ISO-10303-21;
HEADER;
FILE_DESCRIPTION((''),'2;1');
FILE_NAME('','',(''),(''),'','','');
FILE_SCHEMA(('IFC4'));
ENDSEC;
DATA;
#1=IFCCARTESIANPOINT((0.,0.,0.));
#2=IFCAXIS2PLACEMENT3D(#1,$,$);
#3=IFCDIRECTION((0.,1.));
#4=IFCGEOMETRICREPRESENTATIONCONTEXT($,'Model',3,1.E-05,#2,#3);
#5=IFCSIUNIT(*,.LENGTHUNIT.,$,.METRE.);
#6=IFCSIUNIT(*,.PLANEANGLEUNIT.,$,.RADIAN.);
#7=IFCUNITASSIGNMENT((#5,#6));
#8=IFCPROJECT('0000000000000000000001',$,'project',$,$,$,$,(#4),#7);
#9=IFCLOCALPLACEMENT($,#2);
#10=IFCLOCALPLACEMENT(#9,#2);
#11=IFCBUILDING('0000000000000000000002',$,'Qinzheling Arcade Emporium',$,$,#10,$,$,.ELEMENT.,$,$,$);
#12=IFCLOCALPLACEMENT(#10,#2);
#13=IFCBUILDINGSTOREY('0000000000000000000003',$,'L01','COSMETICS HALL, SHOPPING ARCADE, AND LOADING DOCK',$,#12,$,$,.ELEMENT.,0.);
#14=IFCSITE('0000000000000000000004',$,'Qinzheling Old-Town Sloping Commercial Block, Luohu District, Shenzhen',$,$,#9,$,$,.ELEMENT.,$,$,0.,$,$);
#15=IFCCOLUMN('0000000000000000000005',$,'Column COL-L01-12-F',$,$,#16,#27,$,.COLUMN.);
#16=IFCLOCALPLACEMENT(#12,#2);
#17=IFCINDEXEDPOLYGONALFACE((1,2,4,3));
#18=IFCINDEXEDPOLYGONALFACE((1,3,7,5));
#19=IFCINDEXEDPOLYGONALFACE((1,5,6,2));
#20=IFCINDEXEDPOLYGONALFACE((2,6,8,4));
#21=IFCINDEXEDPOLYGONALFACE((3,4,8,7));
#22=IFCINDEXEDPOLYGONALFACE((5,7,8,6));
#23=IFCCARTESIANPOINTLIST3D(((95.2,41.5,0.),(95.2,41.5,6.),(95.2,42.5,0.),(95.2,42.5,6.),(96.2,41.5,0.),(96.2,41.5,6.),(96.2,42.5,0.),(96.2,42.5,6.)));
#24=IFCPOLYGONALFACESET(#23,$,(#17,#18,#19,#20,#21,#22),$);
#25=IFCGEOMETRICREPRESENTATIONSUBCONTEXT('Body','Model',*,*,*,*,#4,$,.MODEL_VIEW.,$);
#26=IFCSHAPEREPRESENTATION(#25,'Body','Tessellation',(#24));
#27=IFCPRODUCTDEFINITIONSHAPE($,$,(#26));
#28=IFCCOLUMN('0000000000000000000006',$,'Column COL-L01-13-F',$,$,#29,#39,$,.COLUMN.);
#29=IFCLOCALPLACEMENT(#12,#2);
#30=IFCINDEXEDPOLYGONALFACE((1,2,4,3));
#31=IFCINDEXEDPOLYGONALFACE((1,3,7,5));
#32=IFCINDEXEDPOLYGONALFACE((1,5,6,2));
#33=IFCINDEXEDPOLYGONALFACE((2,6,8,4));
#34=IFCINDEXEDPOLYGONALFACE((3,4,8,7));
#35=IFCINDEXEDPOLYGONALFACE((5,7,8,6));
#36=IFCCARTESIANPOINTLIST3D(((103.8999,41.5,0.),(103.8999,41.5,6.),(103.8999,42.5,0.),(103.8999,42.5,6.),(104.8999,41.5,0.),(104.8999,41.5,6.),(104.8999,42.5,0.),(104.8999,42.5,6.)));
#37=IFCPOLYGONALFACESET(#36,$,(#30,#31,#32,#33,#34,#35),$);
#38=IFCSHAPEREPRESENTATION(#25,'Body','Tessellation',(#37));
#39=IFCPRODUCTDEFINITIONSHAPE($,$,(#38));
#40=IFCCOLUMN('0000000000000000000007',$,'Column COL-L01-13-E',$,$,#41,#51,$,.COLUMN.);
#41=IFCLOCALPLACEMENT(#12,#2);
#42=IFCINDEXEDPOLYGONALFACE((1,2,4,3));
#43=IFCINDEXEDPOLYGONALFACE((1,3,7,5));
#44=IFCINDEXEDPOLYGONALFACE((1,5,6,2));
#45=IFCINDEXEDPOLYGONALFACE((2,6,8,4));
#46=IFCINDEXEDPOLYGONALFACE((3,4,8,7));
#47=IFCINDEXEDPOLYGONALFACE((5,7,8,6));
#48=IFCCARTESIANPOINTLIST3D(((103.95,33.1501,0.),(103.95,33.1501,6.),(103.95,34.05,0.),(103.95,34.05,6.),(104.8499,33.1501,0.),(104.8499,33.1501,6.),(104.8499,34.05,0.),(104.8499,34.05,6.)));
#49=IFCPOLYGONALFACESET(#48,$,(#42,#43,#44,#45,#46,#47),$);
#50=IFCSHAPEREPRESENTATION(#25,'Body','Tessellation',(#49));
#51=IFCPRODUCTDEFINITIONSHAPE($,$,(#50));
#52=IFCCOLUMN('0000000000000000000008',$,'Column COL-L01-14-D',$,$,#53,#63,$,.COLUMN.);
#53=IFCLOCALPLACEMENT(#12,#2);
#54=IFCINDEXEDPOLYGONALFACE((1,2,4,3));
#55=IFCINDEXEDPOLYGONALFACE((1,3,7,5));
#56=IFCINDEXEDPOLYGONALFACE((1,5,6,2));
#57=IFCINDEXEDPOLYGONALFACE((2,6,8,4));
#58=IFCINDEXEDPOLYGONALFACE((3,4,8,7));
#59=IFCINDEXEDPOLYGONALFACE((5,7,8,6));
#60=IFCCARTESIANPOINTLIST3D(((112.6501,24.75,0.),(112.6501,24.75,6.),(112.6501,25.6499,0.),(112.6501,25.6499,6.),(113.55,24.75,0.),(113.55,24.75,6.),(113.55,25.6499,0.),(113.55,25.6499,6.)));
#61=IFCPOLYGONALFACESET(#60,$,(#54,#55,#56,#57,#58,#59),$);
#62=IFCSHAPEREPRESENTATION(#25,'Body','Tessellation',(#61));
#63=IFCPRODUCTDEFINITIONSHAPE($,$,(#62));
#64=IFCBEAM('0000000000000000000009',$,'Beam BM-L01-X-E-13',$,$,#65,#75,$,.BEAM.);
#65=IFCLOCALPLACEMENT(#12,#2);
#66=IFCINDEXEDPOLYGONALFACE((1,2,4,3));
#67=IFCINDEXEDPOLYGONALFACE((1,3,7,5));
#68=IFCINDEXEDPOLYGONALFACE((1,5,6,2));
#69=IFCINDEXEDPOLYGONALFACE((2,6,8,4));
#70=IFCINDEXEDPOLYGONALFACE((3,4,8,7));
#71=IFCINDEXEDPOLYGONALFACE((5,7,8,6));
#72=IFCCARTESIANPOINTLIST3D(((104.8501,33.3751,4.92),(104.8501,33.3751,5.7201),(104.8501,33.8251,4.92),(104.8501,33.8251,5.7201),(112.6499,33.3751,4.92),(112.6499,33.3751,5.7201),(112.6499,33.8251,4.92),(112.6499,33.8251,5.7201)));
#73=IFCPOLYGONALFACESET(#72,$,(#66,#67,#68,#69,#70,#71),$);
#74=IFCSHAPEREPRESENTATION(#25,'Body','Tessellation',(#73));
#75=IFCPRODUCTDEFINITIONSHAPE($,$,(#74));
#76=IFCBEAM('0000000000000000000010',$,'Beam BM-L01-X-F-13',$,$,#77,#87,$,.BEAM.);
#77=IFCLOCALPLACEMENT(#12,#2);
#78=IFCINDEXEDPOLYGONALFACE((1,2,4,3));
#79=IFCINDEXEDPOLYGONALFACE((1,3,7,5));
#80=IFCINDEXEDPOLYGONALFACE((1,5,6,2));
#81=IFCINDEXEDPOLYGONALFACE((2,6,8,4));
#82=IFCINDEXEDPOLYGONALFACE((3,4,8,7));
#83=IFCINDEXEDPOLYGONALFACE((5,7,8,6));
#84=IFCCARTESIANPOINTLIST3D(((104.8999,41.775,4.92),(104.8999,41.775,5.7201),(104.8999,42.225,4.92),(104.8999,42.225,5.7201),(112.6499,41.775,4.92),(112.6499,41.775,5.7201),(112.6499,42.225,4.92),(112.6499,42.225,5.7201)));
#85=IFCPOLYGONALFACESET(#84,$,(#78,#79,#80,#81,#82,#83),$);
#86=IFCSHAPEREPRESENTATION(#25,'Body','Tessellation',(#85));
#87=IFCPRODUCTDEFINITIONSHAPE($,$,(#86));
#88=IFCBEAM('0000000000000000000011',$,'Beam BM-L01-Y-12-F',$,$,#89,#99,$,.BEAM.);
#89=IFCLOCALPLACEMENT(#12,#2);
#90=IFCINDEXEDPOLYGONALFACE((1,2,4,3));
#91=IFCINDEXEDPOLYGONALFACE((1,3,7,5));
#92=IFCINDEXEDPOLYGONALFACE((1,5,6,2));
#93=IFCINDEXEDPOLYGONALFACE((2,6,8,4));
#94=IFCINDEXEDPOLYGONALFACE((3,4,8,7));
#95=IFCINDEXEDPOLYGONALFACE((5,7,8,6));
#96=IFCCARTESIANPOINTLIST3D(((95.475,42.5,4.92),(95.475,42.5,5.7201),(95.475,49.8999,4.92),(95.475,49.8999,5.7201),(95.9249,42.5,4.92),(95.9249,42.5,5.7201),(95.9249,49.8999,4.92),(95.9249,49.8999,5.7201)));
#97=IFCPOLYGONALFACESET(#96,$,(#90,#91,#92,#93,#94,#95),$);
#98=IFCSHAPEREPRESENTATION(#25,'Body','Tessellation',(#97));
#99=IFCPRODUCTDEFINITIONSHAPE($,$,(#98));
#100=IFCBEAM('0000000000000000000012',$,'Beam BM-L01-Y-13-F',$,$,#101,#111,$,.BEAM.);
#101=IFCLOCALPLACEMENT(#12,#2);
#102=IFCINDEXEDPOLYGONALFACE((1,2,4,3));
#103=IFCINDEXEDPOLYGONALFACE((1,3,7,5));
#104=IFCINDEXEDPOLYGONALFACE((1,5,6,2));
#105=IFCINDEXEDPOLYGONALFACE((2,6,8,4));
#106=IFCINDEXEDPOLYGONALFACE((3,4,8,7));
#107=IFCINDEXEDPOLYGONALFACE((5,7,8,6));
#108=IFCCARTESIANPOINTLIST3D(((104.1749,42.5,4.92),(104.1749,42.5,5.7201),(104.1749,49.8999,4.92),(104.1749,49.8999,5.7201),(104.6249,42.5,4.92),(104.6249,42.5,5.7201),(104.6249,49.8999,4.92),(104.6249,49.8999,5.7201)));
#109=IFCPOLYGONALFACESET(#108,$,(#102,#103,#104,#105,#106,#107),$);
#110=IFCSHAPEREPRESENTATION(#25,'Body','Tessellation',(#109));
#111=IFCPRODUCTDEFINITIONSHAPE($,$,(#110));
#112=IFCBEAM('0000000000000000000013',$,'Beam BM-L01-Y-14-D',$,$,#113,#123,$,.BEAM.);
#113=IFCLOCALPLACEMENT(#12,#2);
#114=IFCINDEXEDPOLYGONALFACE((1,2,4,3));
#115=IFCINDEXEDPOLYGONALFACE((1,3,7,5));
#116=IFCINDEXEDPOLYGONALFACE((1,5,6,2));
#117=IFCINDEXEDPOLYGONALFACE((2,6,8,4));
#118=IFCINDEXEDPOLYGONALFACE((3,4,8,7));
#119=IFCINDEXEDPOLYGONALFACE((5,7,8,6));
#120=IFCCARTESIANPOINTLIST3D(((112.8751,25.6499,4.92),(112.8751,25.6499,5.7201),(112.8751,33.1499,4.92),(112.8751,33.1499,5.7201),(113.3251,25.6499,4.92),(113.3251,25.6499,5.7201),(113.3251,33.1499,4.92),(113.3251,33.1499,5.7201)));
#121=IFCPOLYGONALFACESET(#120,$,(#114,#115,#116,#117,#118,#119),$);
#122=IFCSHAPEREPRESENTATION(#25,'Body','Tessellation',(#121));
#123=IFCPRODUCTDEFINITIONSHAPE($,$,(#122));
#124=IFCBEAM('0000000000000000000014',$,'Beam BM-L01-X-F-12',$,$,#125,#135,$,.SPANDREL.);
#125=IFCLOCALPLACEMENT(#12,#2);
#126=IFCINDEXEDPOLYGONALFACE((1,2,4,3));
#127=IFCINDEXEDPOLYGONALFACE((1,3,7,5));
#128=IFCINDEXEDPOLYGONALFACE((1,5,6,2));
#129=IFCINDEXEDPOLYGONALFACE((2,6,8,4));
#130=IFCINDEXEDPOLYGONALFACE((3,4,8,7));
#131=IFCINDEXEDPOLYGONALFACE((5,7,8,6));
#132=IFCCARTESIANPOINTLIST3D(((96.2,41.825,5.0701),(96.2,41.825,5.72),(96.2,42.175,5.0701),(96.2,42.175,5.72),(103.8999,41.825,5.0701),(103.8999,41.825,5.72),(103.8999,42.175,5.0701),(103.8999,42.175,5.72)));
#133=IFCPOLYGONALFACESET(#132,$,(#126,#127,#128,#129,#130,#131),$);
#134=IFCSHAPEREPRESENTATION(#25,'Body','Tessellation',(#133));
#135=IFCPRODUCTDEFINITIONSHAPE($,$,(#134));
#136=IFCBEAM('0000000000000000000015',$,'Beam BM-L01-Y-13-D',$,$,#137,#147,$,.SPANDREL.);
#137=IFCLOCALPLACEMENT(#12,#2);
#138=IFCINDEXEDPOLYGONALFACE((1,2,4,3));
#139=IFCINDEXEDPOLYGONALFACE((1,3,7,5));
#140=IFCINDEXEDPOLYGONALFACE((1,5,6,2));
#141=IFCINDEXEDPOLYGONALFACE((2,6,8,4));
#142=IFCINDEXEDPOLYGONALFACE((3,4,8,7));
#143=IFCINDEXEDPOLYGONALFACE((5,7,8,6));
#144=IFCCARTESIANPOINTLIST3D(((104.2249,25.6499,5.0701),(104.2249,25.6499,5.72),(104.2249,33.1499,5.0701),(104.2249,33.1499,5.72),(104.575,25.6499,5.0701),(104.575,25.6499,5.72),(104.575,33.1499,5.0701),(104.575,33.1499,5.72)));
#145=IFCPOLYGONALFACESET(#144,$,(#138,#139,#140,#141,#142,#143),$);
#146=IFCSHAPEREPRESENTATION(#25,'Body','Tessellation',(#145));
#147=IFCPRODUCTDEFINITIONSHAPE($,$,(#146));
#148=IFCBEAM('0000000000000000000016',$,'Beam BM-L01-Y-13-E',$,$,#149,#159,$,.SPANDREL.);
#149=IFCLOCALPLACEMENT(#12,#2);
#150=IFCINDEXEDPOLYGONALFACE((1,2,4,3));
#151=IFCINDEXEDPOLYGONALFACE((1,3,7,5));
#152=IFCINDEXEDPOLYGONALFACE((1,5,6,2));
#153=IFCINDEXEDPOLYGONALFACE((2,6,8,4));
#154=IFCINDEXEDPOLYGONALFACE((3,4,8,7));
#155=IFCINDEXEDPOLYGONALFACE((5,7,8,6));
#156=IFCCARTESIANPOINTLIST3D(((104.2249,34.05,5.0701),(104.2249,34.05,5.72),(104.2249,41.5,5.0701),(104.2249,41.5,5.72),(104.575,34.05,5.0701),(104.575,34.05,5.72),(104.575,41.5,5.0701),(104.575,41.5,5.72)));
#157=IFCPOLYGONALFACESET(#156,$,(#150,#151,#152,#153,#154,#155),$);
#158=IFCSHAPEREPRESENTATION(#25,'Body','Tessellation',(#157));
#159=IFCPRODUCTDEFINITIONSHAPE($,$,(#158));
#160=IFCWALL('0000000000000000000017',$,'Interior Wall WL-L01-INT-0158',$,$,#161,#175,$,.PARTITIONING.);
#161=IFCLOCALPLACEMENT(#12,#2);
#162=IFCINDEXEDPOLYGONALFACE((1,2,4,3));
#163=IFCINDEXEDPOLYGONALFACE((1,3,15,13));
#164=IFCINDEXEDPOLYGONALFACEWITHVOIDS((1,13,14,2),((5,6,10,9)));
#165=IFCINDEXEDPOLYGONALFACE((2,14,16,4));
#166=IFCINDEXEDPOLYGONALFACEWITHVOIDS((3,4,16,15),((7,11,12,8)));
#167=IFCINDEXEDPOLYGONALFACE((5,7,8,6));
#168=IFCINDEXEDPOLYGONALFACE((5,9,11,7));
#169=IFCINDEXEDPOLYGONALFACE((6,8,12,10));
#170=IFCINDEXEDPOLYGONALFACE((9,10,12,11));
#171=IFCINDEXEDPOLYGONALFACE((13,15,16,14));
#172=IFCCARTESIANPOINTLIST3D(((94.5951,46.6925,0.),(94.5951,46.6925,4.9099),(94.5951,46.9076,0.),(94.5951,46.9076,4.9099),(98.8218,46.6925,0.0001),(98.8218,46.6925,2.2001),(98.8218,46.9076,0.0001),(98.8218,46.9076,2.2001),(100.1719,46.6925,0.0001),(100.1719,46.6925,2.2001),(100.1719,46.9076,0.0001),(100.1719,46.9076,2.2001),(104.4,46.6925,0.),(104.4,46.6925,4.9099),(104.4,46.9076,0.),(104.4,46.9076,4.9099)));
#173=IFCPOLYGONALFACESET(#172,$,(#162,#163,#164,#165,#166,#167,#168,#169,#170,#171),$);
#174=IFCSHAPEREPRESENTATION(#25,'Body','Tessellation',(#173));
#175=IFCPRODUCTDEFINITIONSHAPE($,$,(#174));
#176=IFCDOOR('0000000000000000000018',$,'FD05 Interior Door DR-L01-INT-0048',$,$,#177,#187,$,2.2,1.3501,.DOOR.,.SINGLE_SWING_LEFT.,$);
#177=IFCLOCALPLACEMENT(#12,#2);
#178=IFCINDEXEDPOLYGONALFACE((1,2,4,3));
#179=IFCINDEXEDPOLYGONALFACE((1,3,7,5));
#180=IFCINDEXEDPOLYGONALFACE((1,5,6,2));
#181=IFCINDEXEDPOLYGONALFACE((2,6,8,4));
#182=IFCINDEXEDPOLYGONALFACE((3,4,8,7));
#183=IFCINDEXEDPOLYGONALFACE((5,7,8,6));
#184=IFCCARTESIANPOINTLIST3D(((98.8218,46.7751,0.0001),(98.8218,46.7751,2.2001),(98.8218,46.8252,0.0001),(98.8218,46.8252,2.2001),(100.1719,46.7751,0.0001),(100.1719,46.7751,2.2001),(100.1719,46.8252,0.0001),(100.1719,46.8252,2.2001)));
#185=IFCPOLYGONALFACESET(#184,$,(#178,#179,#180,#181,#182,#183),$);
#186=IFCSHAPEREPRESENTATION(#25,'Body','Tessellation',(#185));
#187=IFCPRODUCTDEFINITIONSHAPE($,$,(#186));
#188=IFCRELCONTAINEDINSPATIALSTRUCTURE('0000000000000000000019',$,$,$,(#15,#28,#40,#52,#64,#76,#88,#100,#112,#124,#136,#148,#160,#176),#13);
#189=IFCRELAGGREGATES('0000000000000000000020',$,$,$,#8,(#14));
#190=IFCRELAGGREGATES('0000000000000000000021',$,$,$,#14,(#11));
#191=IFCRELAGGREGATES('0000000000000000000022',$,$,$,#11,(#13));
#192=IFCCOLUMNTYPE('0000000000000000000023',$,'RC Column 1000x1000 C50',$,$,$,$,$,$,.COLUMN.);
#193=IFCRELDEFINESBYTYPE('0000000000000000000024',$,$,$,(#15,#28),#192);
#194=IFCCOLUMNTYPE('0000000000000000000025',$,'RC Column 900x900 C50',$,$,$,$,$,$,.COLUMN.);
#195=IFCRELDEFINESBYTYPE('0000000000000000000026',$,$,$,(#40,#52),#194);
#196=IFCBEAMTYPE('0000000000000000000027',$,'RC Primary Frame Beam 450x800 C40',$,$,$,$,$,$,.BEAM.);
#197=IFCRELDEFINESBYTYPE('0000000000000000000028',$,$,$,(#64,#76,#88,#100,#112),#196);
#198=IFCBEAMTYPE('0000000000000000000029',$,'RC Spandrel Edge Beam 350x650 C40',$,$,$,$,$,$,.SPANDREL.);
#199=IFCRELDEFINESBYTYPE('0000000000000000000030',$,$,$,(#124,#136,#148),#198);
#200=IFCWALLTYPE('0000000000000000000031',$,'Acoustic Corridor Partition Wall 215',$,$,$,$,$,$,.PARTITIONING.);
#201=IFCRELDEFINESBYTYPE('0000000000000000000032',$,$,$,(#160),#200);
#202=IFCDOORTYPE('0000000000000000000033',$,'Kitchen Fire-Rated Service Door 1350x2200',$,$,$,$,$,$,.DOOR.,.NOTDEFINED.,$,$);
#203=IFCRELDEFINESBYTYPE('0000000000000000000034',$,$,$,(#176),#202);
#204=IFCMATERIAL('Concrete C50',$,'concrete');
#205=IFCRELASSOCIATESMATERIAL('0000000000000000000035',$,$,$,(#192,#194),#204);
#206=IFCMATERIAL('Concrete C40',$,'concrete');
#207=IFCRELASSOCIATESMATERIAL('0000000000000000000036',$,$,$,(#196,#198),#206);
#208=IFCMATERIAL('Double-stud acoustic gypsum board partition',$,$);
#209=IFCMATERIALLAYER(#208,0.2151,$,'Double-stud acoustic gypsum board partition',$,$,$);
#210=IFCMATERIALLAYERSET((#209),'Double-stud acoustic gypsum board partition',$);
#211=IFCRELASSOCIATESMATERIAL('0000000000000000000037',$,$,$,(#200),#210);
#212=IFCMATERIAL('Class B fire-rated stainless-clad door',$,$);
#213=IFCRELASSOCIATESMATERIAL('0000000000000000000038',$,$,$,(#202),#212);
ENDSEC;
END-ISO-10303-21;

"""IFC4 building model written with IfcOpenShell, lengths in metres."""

from ifc_helpers import new_model, si_unit, direction, frame, frame_2d, origin, origin_2d, place, context, subcontext, project, spatial, rectangle, extrude, material, layer, layer_set, material_profile, profile_set, type_object, element, fill, save


model = new_model("IFC4")

# Units and contexts
model_context = context("Model", 3, precision=1e-05, world=origin(), true_north=direction((0.0, 1.0)))
body_context = subcontext(model_context, "Body", "Model", "MODEL_VIEW")
ifc_project = project(units=[si_unit("LENGTHUNIT", "METRE"), si_unit("PLANEANGLEUNIT", "RADIAN")], contexts=[model_context])

# Site, building, storey
site_placement = place(None, origin())
site = spatial("IfcSite", under=ifc_project, at=site_placement, Name="Qinzheling Old-Town Sloping Commercial Block, Luohu District, Shenzhen", CompositionType="ELEMENT", RefElevation=0.0)
building_placement = place(site_placement, origin())
building = spatial("IfcBuilding", under=site, at=building_placement, Name="Qinzheling Arcade Emporium", CompositionType="ELEMENT")
storey_placement = place(building_placement, origin())
storey = spatial("IfcBuildingStorey", under=building, at=storey_placement, Name="L01", Description="COSMETICS HALL, SHOPPING ARCADE, AND LOADING DOCK", CompositionType="ELEMENT", Elevation=0.0)

# Columns
ifc_material_1 = material(Name="Concrete C50", Category="concrete")
ifc_material_profile_1 = material_profile(ifc_material_1, rectangle(XDim=1.0, YDim=1.0, at=origin_2d()), Name="RC 1000x1000", Category="concrete")
ifc_profile_set_1 = profile_set([ifc_material_profile_1], Name="Concrete C50")
column_type_1 = type_object("IfcColumnType", Name="RC Column 1000x1000 C50", PredefinedType="COLUMN", material=ifc_profile_set_1)
for number, where, z_axis, x_axis, name in (
    (1, (95.7, 42.0, 0.0), (0.0, 0.0, 1.0), (1.0, 0.0, 0.0), "Column COL-L01-12-F"),
    (2, (104.3999, 42.0, 0.0), (0.0, 0.0, 1.0), (1.0, 0.0, 0.0), "Column COL-L01-13-F"),
):
    element("IfcColumn", number, at=place(storey_placement, frame(where, z_axis=z_axis, x_axis=x_axis)), inside=storey, type_object=column_type_1, Name=name, PredefinedType="COLUMN", context=body_context, shape_type="SweptSolid", body=[
        extrude(rectangle(XDim=1.0, YDim=1.0, at=origin_2d()), origin(), (0.0, 0.0, 1.0), 6.0),
    ])
ifc_material_profile_2 = material_profile(ifc_material_1, rectangle(XDim=0.8999, YDim=0.8999, at=origin_2d()), Name="RC 900x900", Category="concrete")
ifc_profile_set_2 = profile_set([ifc_material_profile_2], Name="Concrete C50")
column_type_2 = type_object("IfcColumnType", Name="RC Column 900x900 C50", PredefinedType="COLUMN", material=ifc_profile_set_2)
for number, where, z_axis, x_axis, name in (
    (3, (104.3999, 33.6001, 0.0), (0.0, 0.0, 1.0), (1.0, 0.0, 0.0), "Column COL-L01-13-E"),
    (4, (113.1001, 25.2, 0.0), (0.0, 0.0, 1.0), (1.0, 0.0, 0.0), "Column COL-L01-14-D"),
):
    element("IfcColumn", number, at=place(storey_placement, frame(where, z_axis=z_axis, x_axis=x_axis)), inside=storey, type_object=column_type_2, Name=name, PredefinedType="COLUMN", context=body_context, shape_type="SweptSolid", body=[
        extrude(rectangle(XDim=0.8999, YDim=0.8999, at=origin_2d()), origin(), (0.0, 0.0, 1.0), 6.0),
    ])

# Beams
ifc_material_2 = material(Name="Concrete C40", Category="concrete")
ifc_material_profile_3 = material_profile(ifc_material_2, rectangle(XDim=0.45, YDim=0.8, at=origin_2d()), Name="RC 450x800", Category="concrete")
ifc_profile_set_3 = profile_set([ifc_material_profile_3], Name="Concrete C40")
beam_type_1 = type_object("IfcBeamType", Name="RC Primary Frame Beam 450x800 C40", PredefinedType="BEAM", material=ifc_profile_set_3)
beam_1_placement = place(storey_placement, frame((104.8501, 33.6001, 5.3201), z_axis=(1.0, 0.0, 0.0), x_axis=(0.0, 1.0, 0.0)))
element("IfcBeam", 5, at=beam_1_placement, inside=storey, type_object=beam_type_1, Name="Beam BM-L01-X-E-13", PredefinedType="BEAM", context=body_context, shape_type="SweptSolid", body=[
    extrude(rectangle(XDim=0.45, YDim=0.8, at=origin_2d()), origin(), (0.0, 0.0, 1.0), 7.7998),
])
beam_2_placement = place(storey_placement, frame((104.8999, 42.0, 5.3201), z_axis=(1.0, 0.0, 0.0), x_axis=(0.0, 1.0, 0.0)))
element("IfcBeam", 6, at=beam_2_placement, inside=storey, type_object=beam_type_1, Name="Beam BM-L01-X-F-13", PredefinedType="BEAM", context=body_context, shape_type="SweptSolid", body=[
    extrude(rectangle(XDim=0.45, YDim=0.8, at=origin_2d()), origin(), (0.0, 0.0, 1.0), 7.75),
])
for number, where, z_axis, x_axis, name in (
    (7, (95.7, 42.5, 5.3201), (0.0, 1.0, 0.0), (-1.0, 0.0, 0.0), "Beam BM-L01-Y-12-F"),
    (8, (104.3999, 42.5, 5.3201), (0.0, 1.0, 0.0), (-1.0, 0.0, 0.0), "Beam BM-L01-Y-13-F"),
):
    element("IfcBeam", number, at=place(storey_placement, frame(where, z_axis=z_axis, x_axis=x_axis)), inside=storey, type_object=beam_type_1, Name=name, PredefinedType="BEAM", context=body_context, shape_type="SweptSolid", body=[
        extrude(rectangle(XDim=0.45, YDim=0.8, at=origin_2d()), origin(), (0.0, 0.0, 1.0), 7.3999),
    ])
beam_3_placement = place(storey_placement, frame((113.1001, 25.6499, 5.3201), z_axis=(0.0, 1.0, 0.0), x_axis=(-1.0, 0.0, 0.0)))
element("IfcBeam", 9, at=beam_3_placement, inside=storey, type_object=beam_type_1, Name="Beam BM-L01-Y-14-D", PredefinedType="BEAM", context=body_context, shape_type="SweptSolid", body=[
    extrude(rectangle(XDim=0.45, YDim=0.8, at=origin_2d()), origin(), (0.0, 0.0, 1.0), 7.5),
])
ifc_material_profile_4 = material_profile(ifc_material_2, rectangle(XDim=0.3501, YDim=0.6499, at=origin_2d()), Name="RC 350x650", Category="concrete")
ifc_profile_set_4 = profile_set([ifc_material_profile_4], Name="Concrete C40")
beam_type_2 = type_object("IfcBeamType", Name="RC Spandrel Edge Beam 350x650 C40", PredefinedType="SPANDREL", material=ifc_profile_set_4)
beam_4_placement = place(storey_placement, frame((96.2, 42.0, 5.395), z_axis=(1.0, 0.0, 0.0), x_axis=(0.0, 1.0, 0.0)))
element("IfcBeam", 10, at=beam_4_placement, inside=storey, type_object=beam_type_2, Name="Beam BM-L01-X-F-12", PredefinedType="SPANDREL", context=body_context, shape_type="SweptSolid", body=[
    extrude(rectangle(XDim=0.3501, YDim=0.6499, at=origin_2d()), origin(), (0.0, 0.0, 1.0), 7.7),
])
beam_5_placement = place(storey_placement, frame((104.3999, 25.6499, 5.395), z_axis=(0.0, 1.0, 0.0), x_axis=(-1.0, 0.0, 0.0)))
element("IfcBeam", 11, at=beam_5_placement, inside=storey, type_object=beam_type_2, Name="Beam BM-L01-Y-13-D", PredefinedType="SPANDREL", context=body_context, shape_type="SweptSolid", body=[
    extrude(rectangle(XDim=0.3501, YDim=0.6499, at=origin_2d()), origin(), (0.0, 0.0, 1.0), 7.5),
])
beam_6_placement = place(storey_placement, frame((104.3999, 34.05, 5.395), z_axis=(0.0, 1.0, 0.0), x_axis=(-1.0, 0.0, 0.0)))
element("IfcBeam", 12, at=beam_6_placement, inside=storey, type_object=beam_type_2, Name="Beam BM-L01-Y-13-E", PredefinedType="SPANDREL", context=body_context, shape_type="SweptSolid", body=[
    extrude(rectangle(XDim=0.3501, YDim=0.6499, at=origin_2d()), origin(), (0.0, 0.0, 1.0), 7.45),
])

# Wall, opening, door
ifc_material_3 = material(Name="Double-stud acoustic gypsum board partition")
ifc_layer_1 = layer(ifc_material_3, 0.2151, Name="Double-stud acoustic gypsum board partition")
ifc_layer_set_1 = layer_set([ifc_layer_1], Name="Double-stud acoustic gypsum board partition")
wall_type_1 = type_object("IfcWallType", Name="Acoustic Corridor Partition Wall 215", PredefinedType="PARTITIONING", material=ifc_layer_set_1)
wall_1_placement = place(storey_placement, frame((104.3999, 46.8, 0.0), z_axis=(0.0, 0.0, 1.0), x_axis=(-1.0, 0.0, 0.0)))
wall_1 = element("IfcWall", 13, at=wall_1_placement, inside=storey, type_object=wall_type_1, Name="Interior Wall WL-L01-INT-0158", PredefinedType="PARTITIONING", context=body_context, shape_type="SweptSolid", body=[
    extrude(rectangle(XDim=9.8049, YDim=0.2151, at=frame_2d((4.9023, 0.0))), origin(), (0.0, 0.0, 1.0), 4.9099),
])
opening_1_placement = place(wall_1_placement, frame((4.228, 0.0, 0.0)))
opening_1 = element("IfcOpeningElement", 14, at=opening_1_placement, cuts=wall_1, PredefinedType="OPENING", context=body_context, shape_type="SweptSolid", body=[
    extrude(rectangle(XDim=1.3501, YDim=2.2, at=frame_2d((0.675, 1.1001))), frame((0.0, 0.1177, 0.0), z_axis=(0.0, -1.0, 0.0), x_axis=(1.0, 0.0, 0.0)), (0.0, 0.0, 1.0), 0.2351),
])
ifc_material_4 = material(Name="Class B fire-rated stainless-clad door")
door_type_1 = type_object("IfcDoorType", Name="Kitchen Fire-Rated Service Door 1350x2200", OperationType="NOTDEFINED", PredefinedType="DOOR", material=ifc_material_4)
door_1_placement = place(opening_1_placement, origin())
door_1 = element("IfcDoor", 15, at=door_1_placement, inside=storey, type_object=door_type_1, Name="FD05 Interior Door DR-L01-INT-0048", OperationType="SINGLE_SWING_LEFT", OverallHeight=2.2, OverallWidth=1.3501, PredefinedType="DOOR", context=body_context, shape_type="SweptSolid", body=[
    extrude(rectangle(XDim=1.3501, YDim=2.2, at=frame_2d((0.675, 1.1001))), frame((0.0, 0.0249, 0.0), z_axis=(0.0, -1.0, 0.0), x_axis=(1.0, 0.0, 0.0)), (0.0, 0.0, 1.0), 0.05),
])
fill(opening_1, door_1)

save(model, "model.ifc")
